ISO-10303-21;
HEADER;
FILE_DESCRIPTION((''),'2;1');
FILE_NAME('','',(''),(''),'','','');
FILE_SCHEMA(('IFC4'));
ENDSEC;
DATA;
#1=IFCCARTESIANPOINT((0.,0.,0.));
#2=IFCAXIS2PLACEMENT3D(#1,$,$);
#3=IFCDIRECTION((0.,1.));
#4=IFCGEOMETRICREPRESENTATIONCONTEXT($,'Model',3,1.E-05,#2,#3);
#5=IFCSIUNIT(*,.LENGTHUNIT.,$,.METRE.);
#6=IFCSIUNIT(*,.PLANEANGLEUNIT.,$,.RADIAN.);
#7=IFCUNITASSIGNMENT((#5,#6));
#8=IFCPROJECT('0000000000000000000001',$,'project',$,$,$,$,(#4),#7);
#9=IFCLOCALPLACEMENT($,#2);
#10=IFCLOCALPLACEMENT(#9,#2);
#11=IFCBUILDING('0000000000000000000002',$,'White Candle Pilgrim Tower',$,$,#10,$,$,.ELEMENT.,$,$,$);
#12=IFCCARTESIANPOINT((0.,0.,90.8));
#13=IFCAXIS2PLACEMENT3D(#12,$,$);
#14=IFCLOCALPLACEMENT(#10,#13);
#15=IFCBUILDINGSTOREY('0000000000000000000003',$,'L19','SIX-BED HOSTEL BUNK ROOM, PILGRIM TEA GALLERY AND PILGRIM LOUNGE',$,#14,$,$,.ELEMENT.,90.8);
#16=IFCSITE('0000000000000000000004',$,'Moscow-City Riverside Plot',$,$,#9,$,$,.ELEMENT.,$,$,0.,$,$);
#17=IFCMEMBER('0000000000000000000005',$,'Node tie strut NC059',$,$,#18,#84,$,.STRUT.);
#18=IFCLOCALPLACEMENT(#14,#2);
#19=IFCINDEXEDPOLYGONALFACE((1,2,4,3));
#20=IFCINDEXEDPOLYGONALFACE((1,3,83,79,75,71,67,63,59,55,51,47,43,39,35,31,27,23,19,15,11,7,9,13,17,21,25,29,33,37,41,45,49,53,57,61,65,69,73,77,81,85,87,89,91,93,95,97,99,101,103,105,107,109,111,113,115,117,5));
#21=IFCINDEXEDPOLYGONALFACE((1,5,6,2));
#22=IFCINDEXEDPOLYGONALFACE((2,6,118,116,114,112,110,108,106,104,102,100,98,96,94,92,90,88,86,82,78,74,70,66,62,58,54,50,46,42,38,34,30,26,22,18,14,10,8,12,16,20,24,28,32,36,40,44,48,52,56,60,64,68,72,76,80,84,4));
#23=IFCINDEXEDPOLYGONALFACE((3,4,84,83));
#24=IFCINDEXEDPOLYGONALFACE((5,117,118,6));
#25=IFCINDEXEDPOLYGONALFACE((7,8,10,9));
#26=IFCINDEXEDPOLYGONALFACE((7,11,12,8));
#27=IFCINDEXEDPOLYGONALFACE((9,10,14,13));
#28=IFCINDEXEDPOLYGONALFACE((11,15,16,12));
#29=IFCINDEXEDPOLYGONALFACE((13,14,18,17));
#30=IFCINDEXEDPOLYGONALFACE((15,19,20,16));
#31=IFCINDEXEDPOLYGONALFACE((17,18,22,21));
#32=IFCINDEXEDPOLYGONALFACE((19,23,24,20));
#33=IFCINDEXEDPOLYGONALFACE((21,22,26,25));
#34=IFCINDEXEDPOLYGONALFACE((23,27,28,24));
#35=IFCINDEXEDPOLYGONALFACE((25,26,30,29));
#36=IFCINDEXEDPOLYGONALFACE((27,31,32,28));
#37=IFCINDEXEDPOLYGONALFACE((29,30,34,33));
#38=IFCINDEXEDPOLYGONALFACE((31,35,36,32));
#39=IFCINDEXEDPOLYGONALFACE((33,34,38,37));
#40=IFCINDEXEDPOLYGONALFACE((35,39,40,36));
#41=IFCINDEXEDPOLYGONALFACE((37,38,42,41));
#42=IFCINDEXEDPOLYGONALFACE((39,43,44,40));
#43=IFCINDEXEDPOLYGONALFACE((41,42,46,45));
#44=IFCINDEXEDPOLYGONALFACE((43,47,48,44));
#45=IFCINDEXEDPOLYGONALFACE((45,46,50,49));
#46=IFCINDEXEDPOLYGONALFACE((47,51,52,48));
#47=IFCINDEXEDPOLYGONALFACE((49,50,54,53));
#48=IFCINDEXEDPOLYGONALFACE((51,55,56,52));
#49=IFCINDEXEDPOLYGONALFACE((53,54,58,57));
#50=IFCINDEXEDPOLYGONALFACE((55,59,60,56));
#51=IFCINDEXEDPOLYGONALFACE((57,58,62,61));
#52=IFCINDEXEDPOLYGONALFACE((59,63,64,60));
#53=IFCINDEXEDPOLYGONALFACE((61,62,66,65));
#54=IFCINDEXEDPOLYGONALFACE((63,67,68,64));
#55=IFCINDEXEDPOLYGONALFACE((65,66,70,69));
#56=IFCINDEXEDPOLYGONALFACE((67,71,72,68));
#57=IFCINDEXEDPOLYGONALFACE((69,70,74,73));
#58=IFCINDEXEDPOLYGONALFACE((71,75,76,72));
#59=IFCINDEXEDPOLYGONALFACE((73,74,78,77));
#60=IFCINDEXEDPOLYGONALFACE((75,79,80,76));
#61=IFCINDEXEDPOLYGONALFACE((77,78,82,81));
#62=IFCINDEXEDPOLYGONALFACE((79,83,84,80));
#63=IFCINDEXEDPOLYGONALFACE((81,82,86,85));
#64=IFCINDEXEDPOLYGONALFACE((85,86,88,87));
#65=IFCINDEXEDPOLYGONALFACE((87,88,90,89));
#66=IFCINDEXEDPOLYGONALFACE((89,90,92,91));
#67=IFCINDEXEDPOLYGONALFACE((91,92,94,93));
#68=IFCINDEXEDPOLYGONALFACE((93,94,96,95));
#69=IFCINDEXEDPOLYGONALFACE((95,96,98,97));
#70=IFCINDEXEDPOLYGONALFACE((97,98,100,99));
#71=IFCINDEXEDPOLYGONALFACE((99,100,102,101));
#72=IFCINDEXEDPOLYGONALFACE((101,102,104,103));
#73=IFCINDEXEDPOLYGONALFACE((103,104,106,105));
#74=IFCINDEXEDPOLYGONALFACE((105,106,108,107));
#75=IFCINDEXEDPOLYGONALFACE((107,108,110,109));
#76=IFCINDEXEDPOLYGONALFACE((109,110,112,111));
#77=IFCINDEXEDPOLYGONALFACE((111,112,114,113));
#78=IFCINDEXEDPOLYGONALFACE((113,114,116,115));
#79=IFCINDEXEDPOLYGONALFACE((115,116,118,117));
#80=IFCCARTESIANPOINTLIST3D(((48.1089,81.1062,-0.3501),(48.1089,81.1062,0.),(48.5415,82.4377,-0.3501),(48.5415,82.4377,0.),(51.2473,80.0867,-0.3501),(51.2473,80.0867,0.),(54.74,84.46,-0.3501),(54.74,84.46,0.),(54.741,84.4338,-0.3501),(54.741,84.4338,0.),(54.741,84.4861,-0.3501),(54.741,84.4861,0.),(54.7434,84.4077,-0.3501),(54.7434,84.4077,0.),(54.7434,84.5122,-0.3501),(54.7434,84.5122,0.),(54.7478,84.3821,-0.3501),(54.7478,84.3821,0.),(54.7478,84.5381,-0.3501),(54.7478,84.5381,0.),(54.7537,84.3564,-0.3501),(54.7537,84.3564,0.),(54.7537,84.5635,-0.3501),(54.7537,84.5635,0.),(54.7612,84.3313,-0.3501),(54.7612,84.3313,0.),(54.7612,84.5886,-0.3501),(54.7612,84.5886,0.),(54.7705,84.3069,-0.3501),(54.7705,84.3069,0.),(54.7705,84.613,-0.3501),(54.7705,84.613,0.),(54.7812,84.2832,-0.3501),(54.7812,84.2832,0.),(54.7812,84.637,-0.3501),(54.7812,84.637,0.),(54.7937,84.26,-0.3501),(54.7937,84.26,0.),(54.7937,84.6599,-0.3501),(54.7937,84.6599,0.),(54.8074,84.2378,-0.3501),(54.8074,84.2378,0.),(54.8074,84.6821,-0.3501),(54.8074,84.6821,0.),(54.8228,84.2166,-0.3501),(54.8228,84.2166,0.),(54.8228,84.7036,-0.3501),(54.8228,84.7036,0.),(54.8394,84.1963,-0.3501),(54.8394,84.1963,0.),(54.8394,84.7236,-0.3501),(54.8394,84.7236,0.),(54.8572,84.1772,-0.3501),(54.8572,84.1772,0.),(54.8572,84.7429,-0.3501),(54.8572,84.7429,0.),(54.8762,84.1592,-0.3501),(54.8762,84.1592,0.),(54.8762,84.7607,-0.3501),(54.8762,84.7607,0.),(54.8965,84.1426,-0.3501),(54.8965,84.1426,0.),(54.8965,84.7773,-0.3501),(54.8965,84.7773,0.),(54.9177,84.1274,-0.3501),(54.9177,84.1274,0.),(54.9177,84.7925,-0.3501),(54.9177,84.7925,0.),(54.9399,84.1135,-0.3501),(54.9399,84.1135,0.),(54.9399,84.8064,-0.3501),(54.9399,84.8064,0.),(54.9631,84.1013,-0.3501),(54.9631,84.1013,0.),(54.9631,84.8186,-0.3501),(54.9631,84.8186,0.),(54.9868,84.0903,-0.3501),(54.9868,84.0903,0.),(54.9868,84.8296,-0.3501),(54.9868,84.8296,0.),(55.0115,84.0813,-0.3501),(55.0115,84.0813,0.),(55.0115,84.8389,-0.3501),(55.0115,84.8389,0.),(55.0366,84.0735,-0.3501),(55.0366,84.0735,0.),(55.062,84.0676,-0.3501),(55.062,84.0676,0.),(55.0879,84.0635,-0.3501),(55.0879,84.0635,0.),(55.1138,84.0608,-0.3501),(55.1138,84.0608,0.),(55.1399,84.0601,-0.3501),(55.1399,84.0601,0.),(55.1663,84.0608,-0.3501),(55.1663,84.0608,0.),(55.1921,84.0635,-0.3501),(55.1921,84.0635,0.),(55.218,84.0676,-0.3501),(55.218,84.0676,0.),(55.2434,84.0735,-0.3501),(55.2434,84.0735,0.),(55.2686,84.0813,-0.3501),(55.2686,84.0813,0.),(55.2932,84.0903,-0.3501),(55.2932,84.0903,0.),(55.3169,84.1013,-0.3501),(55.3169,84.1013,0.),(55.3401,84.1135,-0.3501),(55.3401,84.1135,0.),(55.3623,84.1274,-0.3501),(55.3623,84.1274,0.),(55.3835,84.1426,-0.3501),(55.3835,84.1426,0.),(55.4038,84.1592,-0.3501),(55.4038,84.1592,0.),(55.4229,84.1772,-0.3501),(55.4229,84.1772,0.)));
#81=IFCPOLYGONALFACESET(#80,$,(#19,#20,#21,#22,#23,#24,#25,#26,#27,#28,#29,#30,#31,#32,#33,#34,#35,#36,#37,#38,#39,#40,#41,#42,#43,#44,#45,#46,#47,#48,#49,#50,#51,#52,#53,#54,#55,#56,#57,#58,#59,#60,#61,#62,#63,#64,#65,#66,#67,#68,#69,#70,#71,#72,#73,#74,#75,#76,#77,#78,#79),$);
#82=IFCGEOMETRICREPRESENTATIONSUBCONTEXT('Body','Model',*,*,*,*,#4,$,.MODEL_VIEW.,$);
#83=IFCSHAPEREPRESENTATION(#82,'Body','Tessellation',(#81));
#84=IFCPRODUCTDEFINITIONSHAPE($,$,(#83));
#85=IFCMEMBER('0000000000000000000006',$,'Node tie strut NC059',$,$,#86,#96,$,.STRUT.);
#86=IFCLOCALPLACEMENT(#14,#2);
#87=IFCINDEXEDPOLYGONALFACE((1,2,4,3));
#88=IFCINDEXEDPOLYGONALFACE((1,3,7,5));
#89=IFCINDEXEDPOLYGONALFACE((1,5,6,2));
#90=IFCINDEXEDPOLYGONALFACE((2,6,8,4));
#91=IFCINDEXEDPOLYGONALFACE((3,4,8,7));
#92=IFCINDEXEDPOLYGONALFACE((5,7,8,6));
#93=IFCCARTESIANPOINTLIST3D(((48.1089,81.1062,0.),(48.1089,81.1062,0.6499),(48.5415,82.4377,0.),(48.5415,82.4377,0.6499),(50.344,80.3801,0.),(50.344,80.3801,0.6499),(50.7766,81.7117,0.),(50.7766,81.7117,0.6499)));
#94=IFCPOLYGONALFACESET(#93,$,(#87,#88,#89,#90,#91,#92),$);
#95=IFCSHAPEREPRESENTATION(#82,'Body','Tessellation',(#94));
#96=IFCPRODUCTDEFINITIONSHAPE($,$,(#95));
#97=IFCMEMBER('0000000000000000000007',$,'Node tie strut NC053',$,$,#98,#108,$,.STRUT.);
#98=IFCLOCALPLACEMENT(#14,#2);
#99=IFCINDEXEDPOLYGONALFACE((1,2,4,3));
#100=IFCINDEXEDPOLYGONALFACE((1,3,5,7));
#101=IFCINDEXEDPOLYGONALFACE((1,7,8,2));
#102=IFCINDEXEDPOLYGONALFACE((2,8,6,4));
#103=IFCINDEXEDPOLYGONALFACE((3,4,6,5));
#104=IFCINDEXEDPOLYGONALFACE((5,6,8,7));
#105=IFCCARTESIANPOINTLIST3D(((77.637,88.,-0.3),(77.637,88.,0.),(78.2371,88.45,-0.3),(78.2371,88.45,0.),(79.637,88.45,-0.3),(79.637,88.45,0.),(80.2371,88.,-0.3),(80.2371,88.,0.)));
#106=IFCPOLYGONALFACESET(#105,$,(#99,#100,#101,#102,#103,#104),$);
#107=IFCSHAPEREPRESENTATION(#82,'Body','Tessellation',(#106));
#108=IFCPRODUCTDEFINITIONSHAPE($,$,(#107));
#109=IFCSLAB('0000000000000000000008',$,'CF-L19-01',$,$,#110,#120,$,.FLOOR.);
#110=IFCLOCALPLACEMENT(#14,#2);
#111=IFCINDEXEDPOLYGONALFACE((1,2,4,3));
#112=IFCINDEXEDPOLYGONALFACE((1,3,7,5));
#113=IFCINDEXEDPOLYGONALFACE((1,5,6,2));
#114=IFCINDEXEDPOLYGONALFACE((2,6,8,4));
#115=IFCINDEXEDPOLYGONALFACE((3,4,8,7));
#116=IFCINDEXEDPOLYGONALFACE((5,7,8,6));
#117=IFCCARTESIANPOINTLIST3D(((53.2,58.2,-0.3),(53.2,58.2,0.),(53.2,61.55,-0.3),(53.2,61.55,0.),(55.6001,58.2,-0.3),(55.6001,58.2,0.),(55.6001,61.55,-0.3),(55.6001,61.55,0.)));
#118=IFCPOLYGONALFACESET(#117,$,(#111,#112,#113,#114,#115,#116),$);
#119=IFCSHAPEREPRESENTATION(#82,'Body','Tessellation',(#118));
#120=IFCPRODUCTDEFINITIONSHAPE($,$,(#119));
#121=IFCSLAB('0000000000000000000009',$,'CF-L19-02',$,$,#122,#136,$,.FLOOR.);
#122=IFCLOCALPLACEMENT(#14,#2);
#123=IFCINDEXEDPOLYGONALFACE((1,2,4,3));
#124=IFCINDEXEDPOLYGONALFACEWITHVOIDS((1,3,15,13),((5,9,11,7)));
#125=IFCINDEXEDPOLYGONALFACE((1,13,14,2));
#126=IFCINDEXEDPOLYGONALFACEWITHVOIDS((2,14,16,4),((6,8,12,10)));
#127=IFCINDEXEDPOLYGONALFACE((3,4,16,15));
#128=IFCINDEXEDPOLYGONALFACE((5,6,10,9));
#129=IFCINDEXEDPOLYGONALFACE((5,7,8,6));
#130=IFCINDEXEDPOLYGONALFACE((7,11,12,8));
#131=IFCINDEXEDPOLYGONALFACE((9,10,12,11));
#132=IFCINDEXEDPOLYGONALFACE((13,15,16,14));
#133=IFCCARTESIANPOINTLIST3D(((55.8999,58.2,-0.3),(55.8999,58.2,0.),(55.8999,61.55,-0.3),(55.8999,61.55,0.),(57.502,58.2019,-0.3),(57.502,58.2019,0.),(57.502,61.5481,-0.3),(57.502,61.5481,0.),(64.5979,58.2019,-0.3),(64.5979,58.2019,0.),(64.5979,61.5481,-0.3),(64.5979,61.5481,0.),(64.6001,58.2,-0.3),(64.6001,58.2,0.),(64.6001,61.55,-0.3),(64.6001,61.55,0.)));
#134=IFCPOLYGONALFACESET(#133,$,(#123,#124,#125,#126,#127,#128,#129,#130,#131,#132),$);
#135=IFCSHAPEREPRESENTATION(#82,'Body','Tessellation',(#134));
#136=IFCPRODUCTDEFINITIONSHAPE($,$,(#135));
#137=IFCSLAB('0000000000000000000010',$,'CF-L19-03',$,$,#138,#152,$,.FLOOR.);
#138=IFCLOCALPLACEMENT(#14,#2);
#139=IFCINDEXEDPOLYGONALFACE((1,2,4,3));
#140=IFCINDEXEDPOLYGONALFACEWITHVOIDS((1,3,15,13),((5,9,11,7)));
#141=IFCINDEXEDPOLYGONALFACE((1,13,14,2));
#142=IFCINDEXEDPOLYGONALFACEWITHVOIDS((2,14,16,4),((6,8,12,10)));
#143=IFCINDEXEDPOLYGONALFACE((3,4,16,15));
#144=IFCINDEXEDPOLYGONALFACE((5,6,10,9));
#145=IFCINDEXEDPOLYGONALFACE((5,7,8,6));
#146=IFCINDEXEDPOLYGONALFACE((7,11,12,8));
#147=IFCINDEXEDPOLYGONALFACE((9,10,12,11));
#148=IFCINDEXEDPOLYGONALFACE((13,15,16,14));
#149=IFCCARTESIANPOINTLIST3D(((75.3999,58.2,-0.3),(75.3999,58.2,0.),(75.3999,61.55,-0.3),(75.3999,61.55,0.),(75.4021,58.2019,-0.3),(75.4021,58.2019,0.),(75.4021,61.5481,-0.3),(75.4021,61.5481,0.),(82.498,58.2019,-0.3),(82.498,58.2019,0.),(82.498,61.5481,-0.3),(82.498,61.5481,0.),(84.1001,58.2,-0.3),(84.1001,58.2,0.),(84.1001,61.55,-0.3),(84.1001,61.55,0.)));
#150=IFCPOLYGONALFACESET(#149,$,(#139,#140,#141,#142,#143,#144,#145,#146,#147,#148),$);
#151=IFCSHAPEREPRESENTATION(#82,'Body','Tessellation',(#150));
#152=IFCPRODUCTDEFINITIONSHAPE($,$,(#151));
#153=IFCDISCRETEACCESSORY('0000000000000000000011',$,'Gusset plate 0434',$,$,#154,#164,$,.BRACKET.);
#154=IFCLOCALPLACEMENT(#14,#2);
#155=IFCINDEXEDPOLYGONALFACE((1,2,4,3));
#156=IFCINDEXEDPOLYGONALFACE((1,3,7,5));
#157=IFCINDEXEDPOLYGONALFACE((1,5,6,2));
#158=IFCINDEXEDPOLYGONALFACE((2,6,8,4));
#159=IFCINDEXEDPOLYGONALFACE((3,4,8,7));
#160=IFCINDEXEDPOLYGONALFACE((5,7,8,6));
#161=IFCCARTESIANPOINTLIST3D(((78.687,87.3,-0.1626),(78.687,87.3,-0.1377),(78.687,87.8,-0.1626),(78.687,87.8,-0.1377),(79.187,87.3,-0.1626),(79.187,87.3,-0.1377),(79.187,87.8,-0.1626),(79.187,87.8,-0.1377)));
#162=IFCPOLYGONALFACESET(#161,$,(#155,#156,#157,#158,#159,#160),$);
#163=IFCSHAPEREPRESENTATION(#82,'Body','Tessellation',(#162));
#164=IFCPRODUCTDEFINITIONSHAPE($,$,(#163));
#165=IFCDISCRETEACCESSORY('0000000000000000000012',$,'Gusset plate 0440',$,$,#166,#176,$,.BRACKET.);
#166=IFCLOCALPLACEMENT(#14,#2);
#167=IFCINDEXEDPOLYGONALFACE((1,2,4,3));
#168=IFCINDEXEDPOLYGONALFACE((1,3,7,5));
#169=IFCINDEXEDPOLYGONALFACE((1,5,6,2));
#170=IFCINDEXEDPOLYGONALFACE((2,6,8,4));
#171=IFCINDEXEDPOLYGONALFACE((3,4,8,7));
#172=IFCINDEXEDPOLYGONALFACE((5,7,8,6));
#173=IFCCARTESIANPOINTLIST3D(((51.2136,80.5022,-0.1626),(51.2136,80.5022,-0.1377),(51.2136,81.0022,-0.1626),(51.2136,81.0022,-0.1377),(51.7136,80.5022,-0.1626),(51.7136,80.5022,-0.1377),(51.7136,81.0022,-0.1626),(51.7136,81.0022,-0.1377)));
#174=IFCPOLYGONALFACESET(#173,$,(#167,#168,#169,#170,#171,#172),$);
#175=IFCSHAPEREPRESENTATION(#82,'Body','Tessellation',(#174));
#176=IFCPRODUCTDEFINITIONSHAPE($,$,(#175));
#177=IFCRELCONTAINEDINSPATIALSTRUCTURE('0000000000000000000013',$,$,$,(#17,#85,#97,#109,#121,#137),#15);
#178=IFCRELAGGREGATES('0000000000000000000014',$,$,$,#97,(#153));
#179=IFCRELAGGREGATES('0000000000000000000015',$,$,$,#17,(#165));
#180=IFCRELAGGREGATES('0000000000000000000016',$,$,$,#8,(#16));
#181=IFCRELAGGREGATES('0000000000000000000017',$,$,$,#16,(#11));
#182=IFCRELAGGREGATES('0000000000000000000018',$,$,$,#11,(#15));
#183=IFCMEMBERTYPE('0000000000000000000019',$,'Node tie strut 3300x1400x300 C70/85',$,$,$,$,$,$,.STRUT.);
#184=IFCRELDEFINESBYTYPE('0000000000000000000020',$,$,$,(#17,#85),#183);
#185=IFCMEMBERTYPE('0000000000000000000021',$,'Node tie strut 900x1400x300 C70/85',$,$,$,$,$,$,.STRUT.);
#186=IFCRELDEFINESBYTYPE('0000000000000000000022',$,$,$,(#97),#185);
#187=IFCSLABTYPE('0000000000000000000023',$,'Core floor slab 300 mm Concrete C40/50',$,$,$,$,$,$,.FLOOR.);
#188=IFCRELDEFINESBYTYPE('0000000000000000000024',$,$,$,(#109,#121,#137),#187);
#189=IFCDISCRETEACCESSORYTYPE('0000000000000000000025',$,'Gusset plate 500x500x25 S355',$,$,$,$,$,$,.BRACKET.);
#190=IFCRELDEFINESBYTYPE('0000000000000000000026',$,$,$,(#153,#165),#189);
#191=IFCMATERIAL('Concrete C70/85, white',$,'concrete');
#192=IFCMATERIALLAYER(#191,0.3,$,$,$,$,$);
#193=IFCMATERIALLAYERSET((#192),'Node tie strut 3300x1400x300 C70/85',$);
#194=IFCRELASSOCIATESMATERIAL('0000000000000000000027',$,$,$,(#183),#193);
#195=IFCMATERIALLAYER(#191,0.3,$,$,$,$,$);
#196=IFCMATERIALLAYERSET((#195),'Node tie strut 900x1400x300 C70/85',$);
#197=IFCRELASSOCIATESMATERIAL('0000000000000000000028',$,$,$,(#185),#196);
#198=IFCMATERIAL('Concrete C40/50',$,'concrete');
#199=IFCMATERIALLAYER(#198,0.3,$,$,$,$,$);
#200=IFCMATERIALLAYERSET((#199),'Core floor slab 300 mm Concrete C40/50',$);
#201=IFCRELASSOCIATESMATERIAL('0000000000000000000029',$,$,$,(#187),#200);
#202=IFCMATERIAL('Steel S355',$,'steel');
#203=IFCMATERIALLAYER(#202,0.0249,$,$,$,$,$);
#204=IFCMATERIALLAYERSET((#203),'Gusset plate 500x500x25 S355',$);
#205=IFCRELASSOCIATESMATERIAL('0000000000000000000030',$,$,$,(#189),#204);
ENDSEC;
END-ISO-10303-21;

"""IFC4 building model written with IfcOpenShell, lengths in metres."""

from ifc_helpers import new_model, si_unit, direction, frame, origin, origin_2d, place, context, subcontext, project, spatial, polyline, rectangle, outline, extrude, material, layer, layer_set, type_object, element, aggregate, save


model = new_model("IFC4")

# Units and contexts
model_context = context("Model", 3, precision=1e-05, world=origin(), true_north=direction((0.0, 1.0)))
body_context = subcontext(model_context, "Body", "Model", "MODEL_VIEW")
ifc_project = project(units=[si_unit("LENGTHUNIT", "METRE"), si_unit("PLANEANGLEUNIT", "RADIAN")], contexts=[model_context])

# Site, building, storey
site_placement = place(None, origin())
site = spatial("IfcSite", under=ifc_project, at=site_placement, Name="Moscow-City Riverside Plot", CompositionType="ELEMENT", RefElevation=0.0)
building_placement = place(site_placement, origin())
building = spatial("IfcBuilding", under=site, at=building_placement, Name="White Candle Pilgrim Tower", CompositionType="ELEMENT")
storey_placement = place(building_placement, frame((0.0, 0.0, 90.8)))
storey = spatial("IfcBuildingStorey", under=building, at=storey_placement, Name="L19", Description="SIX-BED HOSTEL BUNK ROOM, PILGRIM TEA GALLERY AND PILGRIM LOUNGE", CompositionType="ELEMENT", Elevation=90.8)

# Members
ifc_material_1 = material(Name="Concrete C70/85, white", Category="concrete")
ifc_layer_1 = layer(ifc_material_1, 0.3)
ifc_layer_set_1 = layer_set([ifc_layer_1], Name="Node tie strut 3300x1400x300 C70/85")
member_type_1 = type_object("IfcMemberType", Name="Node tie strut 3300x1400x300 C70/85", PredefinedType="STRUT", material=ifc_layer_set_1)
member_1_placement = place(storey_placement, frame((0.0, 0.0, -0.3501)))
member_1 = element("IfcMember", 1, at=member_1_placement, inside=storey, type_object=member_type_1, Name="Node tie strut NC059", PredefinedType="STRUT", context=body_context, shape_type="SweptSolid", body=[
    extrude(outline(polyline([(51.2473, 80.0867), (55.4229, 84.1772), (55.4038, 84.1592), (55.3835, 84.1426), (55.3623, 84.1274), (55.3401, 84.1135), (55.3169, 84.1013), (55.2932, 84.0903), (55.2686, 84.0813), (55.2434, 84.0735), (55.218, 84.0676), (55.1921, 84.0635), (55.1663, 84.0608), (55.1399, 84.0601), (55.1138, 84.0608), (55.0879, 84.0635), (55.062, 84.0676), (55.0366, 84.0735), (55.0115, 84.0813), (54.9868, 84.0903), (54.9631, 84.1013), (54.9399, 84.1135), (54.9177, 84.1274), (54.8965, 84.1426), (54.8762, 84.1592), (54.8572, 84.1772), (54.8394, 84.1963), (54.8228, 84.2166), (54.8074, 84.2378), (54.7937, 84.26), (54.7812, 84.2832), (54.7705, 84.3069), (54.7612, 84.3313), (54.7537, 84.3564), (54.7478, 84.3821), (54.7434, 84.4077), (54.741, 84.4338), (54.74, 84.46), (54.741, 84.4861), (54.7434, 84.5122), (54.7478, 84.5381), (54.7537, 84.5635), (54.7612, 84.5886), (54.7705, 84.613), (54.7812, 84.637), (54.7937, 84.6599), (54.8074, 84.6821), (54.8228, 84.7036), (54.8394, 84.7236), (54.8572, 84.7429), (54.8762, 84.7607), (54.8965, 84.7773), (54.9177, 84.7925), (54.9399, 84.8064), (54.9631, 84.8186), (54.9868, 84.8296), (55.0115, 84.8389), (48.5415, 82.4377), (48.1089, 81.1062), (51.2473, 80.0867)])), origin(), (0.0, 0.0, 1.0), 0.3501),
])
member_2_placement = place(storey_placement, origin())
element("IfcMember", 2, at=member_2_placement, inside=storey, type_object=member_type_1, Name="Node tie strut NC059", PredefinedType="STRUT", context=body_context, shape_type="SweptSolid", body=[
    extrude(outline(polyline([(50.344, 80.3801), (50.7766, 81.7117), (48.5415, 82.4377), (48.1089, 81.1062), (50.344, 80.3801)])), origin(), (0.0, 0.0, 1.0), 0.6499),
])
ifc_layer_2 = layer(ifc_material_1, 0.3)
ifc_layer_set_2 = layer_set([ifc_layer_2], Name="Node tie strut 900x1400x300 C70/85")
member_type_2 = type_object("IfcMemberType", Name="Node tie strut 900x1400x300 C70/85", PredefinedType="STRUT", material=ifc_layer_set_2)
member_3_placement = place(storey_placement, frame((0.0, 0.0, -0.3)))
member_3 = element("IfcMember", 3, at=member_3_placement, inside=storey, type_object=member_type_2, Name="Node tie strut NC053", PredefinedType="STRUT", context=body_context, shape_type="SweptSolid", body=[
    extrude(outline(polyline([(77.637, 88.0), (80.2371, 88.0), (79.637, 88.45), (78.2371, 88.45), (77.637, 88.0)])), origin(), (0.0, 0.0, 1.0), 0.3),
])

# Slabs
ifc_material_2 = material(Name="Concrete C40/50", Category="concrete")
ifc_layer_3 = layer(ifc_material_2, 0.3)
ifc_layer_set_3 = layer_set([ifc_layer_3], Name="Core floor slab 300 mm Concrete C40/50")
slab_type_1 = type_object("IfcSlabType", Name="Core floor slab 300 mm Concrete C40/50", PredefinedType="FLOOR", material=ifc_layer_set_3)
slab_1_placement = place(storey_placement, frame((0.0, 0.0, -0.3)))
element("IfcSlab", 4, at=slab_1_placement, inside=storey, type_object=slab_type_1, Name="CF-L19-01", PredefinedType="FLOOR", context=body_context, shape_type="SweptSolid", body=[
    extrude(outline(polyline([(55.6001, 58.2), (53.2, 58.2), (53.2, 61.55), (55.6001, 61.55), (55.6001, 58.2)])), origin(), (0.0, 0.0, 1.0), 0.3),
])
slab_2_placement = place(storey_placement, frame((0.0, 0.0, -0.3)))
element("IfcSlab", 5, at=slab_2_placement, inside=storey, type_object=slab_type_1, Name="CF-L19-02", PredefinedType="FLOOR", context=body_context, shape_type="SweptSolid", body=[
    extrude(outline(polyline([(55.8999, 58.2), (55.8999, 61.55), (64.6001, 61.55), (64.6001, 58.2), (55.8999, 58.2)]), holes=[polyline([(57.502, 61.5481), (57.502, 58.2019), (64.5979, 58.2019), (64.5979, 61.5481), (57.502, 61.5481)])]), origin(), (0.0, 0.0, 1.0), 0.3),
])
slab_3_placement = place(storey_placement, frame((0.0, 0.0, -0.3)))
element("IfcSlab", 6, at=slab_3_placement, inside=storey, type_object=slab_type_1, Name="CF-L19-03", PredefinedType="FLOOR", context=body_context, shape_type="SweptSolid", body=[
    extrude(outline(polyline([(75.3999, 58.2), (75.3999, 61.55), (84.1001, 61.55), (84.1001, 58.2), (75.3999, 58.2)]), holes=[polyline([(82.498, 58.2019), (82.498, 61.5481), (75.4021, 61.5481), (75.4021, 58.2019), (82.498, 58.2019)])]), origin(), (0.0, 0.0, 1.0), 0.3),
])

# Discrete accessories
ifc_material_3 = material(Name="Steel S355", Category="steel")
ifc_layer_4 = layer(ifc_material_3, 0.0249)
ifc_layer_set_4 = layer_set([ifc_layer_4], Name="Gusset plate 500x500x25 S355")
discrete_accessory_type = type_object("IfcDiscreteAccessoryType", Name="Gusset plate 500x500x25 S355", PredefinedType="BRACKET", material=ifc_layer_set_4)
discrete_accessory_1_placement = place(storey_placement, frame((78.937, 87.55, -0.1626), z_axis=(0.0, 0.0, 1.0), x_axis=(1.0, 0.0, 0.0)))
discrete_accessory_1 = element("IfcDiscreteAccessory", 7, at=discrete_accessory_1_placement, type_object=discrete_accessory_type, Name="Gusset plate 0434", PredefinedType="BRACKET", context=body_context, shape_type="SweptSolid", body=[
    extrude(rectangle(XDim=0.5, YDim=0.5, at=origin_2d()), origin(), (0.0, 0.0, 1.0), 0.0249),
])
aggregate(member_3, [discrete_accessory_1])
discrete_accessory_2_placement = place(storey_placement, frame((51.4636, 80.7522, -0.1626), z_axis=(0.0, 0.0, 1.0), x_axis=(1.0, 0.0, 0.0)))
discrete_accessory_2 = element("IfcDiscreteAccessory", 8, at=discrete_accessory_2_placement, type_object=discrete_accessory_type, Name="Gusset plate 0440", PredefinedType="BRACKET", context=body_context, shape_type="SweptSolid", body=[
    extrude(rectangle(XDim=0.5, YDim=0.5, at=origin_2d()), origin(), (0.0, 0.0, 1.0), 0.0249),
])
aggregate(member_1, [discrete_accessory_2])

save(model, "model.ifc")
